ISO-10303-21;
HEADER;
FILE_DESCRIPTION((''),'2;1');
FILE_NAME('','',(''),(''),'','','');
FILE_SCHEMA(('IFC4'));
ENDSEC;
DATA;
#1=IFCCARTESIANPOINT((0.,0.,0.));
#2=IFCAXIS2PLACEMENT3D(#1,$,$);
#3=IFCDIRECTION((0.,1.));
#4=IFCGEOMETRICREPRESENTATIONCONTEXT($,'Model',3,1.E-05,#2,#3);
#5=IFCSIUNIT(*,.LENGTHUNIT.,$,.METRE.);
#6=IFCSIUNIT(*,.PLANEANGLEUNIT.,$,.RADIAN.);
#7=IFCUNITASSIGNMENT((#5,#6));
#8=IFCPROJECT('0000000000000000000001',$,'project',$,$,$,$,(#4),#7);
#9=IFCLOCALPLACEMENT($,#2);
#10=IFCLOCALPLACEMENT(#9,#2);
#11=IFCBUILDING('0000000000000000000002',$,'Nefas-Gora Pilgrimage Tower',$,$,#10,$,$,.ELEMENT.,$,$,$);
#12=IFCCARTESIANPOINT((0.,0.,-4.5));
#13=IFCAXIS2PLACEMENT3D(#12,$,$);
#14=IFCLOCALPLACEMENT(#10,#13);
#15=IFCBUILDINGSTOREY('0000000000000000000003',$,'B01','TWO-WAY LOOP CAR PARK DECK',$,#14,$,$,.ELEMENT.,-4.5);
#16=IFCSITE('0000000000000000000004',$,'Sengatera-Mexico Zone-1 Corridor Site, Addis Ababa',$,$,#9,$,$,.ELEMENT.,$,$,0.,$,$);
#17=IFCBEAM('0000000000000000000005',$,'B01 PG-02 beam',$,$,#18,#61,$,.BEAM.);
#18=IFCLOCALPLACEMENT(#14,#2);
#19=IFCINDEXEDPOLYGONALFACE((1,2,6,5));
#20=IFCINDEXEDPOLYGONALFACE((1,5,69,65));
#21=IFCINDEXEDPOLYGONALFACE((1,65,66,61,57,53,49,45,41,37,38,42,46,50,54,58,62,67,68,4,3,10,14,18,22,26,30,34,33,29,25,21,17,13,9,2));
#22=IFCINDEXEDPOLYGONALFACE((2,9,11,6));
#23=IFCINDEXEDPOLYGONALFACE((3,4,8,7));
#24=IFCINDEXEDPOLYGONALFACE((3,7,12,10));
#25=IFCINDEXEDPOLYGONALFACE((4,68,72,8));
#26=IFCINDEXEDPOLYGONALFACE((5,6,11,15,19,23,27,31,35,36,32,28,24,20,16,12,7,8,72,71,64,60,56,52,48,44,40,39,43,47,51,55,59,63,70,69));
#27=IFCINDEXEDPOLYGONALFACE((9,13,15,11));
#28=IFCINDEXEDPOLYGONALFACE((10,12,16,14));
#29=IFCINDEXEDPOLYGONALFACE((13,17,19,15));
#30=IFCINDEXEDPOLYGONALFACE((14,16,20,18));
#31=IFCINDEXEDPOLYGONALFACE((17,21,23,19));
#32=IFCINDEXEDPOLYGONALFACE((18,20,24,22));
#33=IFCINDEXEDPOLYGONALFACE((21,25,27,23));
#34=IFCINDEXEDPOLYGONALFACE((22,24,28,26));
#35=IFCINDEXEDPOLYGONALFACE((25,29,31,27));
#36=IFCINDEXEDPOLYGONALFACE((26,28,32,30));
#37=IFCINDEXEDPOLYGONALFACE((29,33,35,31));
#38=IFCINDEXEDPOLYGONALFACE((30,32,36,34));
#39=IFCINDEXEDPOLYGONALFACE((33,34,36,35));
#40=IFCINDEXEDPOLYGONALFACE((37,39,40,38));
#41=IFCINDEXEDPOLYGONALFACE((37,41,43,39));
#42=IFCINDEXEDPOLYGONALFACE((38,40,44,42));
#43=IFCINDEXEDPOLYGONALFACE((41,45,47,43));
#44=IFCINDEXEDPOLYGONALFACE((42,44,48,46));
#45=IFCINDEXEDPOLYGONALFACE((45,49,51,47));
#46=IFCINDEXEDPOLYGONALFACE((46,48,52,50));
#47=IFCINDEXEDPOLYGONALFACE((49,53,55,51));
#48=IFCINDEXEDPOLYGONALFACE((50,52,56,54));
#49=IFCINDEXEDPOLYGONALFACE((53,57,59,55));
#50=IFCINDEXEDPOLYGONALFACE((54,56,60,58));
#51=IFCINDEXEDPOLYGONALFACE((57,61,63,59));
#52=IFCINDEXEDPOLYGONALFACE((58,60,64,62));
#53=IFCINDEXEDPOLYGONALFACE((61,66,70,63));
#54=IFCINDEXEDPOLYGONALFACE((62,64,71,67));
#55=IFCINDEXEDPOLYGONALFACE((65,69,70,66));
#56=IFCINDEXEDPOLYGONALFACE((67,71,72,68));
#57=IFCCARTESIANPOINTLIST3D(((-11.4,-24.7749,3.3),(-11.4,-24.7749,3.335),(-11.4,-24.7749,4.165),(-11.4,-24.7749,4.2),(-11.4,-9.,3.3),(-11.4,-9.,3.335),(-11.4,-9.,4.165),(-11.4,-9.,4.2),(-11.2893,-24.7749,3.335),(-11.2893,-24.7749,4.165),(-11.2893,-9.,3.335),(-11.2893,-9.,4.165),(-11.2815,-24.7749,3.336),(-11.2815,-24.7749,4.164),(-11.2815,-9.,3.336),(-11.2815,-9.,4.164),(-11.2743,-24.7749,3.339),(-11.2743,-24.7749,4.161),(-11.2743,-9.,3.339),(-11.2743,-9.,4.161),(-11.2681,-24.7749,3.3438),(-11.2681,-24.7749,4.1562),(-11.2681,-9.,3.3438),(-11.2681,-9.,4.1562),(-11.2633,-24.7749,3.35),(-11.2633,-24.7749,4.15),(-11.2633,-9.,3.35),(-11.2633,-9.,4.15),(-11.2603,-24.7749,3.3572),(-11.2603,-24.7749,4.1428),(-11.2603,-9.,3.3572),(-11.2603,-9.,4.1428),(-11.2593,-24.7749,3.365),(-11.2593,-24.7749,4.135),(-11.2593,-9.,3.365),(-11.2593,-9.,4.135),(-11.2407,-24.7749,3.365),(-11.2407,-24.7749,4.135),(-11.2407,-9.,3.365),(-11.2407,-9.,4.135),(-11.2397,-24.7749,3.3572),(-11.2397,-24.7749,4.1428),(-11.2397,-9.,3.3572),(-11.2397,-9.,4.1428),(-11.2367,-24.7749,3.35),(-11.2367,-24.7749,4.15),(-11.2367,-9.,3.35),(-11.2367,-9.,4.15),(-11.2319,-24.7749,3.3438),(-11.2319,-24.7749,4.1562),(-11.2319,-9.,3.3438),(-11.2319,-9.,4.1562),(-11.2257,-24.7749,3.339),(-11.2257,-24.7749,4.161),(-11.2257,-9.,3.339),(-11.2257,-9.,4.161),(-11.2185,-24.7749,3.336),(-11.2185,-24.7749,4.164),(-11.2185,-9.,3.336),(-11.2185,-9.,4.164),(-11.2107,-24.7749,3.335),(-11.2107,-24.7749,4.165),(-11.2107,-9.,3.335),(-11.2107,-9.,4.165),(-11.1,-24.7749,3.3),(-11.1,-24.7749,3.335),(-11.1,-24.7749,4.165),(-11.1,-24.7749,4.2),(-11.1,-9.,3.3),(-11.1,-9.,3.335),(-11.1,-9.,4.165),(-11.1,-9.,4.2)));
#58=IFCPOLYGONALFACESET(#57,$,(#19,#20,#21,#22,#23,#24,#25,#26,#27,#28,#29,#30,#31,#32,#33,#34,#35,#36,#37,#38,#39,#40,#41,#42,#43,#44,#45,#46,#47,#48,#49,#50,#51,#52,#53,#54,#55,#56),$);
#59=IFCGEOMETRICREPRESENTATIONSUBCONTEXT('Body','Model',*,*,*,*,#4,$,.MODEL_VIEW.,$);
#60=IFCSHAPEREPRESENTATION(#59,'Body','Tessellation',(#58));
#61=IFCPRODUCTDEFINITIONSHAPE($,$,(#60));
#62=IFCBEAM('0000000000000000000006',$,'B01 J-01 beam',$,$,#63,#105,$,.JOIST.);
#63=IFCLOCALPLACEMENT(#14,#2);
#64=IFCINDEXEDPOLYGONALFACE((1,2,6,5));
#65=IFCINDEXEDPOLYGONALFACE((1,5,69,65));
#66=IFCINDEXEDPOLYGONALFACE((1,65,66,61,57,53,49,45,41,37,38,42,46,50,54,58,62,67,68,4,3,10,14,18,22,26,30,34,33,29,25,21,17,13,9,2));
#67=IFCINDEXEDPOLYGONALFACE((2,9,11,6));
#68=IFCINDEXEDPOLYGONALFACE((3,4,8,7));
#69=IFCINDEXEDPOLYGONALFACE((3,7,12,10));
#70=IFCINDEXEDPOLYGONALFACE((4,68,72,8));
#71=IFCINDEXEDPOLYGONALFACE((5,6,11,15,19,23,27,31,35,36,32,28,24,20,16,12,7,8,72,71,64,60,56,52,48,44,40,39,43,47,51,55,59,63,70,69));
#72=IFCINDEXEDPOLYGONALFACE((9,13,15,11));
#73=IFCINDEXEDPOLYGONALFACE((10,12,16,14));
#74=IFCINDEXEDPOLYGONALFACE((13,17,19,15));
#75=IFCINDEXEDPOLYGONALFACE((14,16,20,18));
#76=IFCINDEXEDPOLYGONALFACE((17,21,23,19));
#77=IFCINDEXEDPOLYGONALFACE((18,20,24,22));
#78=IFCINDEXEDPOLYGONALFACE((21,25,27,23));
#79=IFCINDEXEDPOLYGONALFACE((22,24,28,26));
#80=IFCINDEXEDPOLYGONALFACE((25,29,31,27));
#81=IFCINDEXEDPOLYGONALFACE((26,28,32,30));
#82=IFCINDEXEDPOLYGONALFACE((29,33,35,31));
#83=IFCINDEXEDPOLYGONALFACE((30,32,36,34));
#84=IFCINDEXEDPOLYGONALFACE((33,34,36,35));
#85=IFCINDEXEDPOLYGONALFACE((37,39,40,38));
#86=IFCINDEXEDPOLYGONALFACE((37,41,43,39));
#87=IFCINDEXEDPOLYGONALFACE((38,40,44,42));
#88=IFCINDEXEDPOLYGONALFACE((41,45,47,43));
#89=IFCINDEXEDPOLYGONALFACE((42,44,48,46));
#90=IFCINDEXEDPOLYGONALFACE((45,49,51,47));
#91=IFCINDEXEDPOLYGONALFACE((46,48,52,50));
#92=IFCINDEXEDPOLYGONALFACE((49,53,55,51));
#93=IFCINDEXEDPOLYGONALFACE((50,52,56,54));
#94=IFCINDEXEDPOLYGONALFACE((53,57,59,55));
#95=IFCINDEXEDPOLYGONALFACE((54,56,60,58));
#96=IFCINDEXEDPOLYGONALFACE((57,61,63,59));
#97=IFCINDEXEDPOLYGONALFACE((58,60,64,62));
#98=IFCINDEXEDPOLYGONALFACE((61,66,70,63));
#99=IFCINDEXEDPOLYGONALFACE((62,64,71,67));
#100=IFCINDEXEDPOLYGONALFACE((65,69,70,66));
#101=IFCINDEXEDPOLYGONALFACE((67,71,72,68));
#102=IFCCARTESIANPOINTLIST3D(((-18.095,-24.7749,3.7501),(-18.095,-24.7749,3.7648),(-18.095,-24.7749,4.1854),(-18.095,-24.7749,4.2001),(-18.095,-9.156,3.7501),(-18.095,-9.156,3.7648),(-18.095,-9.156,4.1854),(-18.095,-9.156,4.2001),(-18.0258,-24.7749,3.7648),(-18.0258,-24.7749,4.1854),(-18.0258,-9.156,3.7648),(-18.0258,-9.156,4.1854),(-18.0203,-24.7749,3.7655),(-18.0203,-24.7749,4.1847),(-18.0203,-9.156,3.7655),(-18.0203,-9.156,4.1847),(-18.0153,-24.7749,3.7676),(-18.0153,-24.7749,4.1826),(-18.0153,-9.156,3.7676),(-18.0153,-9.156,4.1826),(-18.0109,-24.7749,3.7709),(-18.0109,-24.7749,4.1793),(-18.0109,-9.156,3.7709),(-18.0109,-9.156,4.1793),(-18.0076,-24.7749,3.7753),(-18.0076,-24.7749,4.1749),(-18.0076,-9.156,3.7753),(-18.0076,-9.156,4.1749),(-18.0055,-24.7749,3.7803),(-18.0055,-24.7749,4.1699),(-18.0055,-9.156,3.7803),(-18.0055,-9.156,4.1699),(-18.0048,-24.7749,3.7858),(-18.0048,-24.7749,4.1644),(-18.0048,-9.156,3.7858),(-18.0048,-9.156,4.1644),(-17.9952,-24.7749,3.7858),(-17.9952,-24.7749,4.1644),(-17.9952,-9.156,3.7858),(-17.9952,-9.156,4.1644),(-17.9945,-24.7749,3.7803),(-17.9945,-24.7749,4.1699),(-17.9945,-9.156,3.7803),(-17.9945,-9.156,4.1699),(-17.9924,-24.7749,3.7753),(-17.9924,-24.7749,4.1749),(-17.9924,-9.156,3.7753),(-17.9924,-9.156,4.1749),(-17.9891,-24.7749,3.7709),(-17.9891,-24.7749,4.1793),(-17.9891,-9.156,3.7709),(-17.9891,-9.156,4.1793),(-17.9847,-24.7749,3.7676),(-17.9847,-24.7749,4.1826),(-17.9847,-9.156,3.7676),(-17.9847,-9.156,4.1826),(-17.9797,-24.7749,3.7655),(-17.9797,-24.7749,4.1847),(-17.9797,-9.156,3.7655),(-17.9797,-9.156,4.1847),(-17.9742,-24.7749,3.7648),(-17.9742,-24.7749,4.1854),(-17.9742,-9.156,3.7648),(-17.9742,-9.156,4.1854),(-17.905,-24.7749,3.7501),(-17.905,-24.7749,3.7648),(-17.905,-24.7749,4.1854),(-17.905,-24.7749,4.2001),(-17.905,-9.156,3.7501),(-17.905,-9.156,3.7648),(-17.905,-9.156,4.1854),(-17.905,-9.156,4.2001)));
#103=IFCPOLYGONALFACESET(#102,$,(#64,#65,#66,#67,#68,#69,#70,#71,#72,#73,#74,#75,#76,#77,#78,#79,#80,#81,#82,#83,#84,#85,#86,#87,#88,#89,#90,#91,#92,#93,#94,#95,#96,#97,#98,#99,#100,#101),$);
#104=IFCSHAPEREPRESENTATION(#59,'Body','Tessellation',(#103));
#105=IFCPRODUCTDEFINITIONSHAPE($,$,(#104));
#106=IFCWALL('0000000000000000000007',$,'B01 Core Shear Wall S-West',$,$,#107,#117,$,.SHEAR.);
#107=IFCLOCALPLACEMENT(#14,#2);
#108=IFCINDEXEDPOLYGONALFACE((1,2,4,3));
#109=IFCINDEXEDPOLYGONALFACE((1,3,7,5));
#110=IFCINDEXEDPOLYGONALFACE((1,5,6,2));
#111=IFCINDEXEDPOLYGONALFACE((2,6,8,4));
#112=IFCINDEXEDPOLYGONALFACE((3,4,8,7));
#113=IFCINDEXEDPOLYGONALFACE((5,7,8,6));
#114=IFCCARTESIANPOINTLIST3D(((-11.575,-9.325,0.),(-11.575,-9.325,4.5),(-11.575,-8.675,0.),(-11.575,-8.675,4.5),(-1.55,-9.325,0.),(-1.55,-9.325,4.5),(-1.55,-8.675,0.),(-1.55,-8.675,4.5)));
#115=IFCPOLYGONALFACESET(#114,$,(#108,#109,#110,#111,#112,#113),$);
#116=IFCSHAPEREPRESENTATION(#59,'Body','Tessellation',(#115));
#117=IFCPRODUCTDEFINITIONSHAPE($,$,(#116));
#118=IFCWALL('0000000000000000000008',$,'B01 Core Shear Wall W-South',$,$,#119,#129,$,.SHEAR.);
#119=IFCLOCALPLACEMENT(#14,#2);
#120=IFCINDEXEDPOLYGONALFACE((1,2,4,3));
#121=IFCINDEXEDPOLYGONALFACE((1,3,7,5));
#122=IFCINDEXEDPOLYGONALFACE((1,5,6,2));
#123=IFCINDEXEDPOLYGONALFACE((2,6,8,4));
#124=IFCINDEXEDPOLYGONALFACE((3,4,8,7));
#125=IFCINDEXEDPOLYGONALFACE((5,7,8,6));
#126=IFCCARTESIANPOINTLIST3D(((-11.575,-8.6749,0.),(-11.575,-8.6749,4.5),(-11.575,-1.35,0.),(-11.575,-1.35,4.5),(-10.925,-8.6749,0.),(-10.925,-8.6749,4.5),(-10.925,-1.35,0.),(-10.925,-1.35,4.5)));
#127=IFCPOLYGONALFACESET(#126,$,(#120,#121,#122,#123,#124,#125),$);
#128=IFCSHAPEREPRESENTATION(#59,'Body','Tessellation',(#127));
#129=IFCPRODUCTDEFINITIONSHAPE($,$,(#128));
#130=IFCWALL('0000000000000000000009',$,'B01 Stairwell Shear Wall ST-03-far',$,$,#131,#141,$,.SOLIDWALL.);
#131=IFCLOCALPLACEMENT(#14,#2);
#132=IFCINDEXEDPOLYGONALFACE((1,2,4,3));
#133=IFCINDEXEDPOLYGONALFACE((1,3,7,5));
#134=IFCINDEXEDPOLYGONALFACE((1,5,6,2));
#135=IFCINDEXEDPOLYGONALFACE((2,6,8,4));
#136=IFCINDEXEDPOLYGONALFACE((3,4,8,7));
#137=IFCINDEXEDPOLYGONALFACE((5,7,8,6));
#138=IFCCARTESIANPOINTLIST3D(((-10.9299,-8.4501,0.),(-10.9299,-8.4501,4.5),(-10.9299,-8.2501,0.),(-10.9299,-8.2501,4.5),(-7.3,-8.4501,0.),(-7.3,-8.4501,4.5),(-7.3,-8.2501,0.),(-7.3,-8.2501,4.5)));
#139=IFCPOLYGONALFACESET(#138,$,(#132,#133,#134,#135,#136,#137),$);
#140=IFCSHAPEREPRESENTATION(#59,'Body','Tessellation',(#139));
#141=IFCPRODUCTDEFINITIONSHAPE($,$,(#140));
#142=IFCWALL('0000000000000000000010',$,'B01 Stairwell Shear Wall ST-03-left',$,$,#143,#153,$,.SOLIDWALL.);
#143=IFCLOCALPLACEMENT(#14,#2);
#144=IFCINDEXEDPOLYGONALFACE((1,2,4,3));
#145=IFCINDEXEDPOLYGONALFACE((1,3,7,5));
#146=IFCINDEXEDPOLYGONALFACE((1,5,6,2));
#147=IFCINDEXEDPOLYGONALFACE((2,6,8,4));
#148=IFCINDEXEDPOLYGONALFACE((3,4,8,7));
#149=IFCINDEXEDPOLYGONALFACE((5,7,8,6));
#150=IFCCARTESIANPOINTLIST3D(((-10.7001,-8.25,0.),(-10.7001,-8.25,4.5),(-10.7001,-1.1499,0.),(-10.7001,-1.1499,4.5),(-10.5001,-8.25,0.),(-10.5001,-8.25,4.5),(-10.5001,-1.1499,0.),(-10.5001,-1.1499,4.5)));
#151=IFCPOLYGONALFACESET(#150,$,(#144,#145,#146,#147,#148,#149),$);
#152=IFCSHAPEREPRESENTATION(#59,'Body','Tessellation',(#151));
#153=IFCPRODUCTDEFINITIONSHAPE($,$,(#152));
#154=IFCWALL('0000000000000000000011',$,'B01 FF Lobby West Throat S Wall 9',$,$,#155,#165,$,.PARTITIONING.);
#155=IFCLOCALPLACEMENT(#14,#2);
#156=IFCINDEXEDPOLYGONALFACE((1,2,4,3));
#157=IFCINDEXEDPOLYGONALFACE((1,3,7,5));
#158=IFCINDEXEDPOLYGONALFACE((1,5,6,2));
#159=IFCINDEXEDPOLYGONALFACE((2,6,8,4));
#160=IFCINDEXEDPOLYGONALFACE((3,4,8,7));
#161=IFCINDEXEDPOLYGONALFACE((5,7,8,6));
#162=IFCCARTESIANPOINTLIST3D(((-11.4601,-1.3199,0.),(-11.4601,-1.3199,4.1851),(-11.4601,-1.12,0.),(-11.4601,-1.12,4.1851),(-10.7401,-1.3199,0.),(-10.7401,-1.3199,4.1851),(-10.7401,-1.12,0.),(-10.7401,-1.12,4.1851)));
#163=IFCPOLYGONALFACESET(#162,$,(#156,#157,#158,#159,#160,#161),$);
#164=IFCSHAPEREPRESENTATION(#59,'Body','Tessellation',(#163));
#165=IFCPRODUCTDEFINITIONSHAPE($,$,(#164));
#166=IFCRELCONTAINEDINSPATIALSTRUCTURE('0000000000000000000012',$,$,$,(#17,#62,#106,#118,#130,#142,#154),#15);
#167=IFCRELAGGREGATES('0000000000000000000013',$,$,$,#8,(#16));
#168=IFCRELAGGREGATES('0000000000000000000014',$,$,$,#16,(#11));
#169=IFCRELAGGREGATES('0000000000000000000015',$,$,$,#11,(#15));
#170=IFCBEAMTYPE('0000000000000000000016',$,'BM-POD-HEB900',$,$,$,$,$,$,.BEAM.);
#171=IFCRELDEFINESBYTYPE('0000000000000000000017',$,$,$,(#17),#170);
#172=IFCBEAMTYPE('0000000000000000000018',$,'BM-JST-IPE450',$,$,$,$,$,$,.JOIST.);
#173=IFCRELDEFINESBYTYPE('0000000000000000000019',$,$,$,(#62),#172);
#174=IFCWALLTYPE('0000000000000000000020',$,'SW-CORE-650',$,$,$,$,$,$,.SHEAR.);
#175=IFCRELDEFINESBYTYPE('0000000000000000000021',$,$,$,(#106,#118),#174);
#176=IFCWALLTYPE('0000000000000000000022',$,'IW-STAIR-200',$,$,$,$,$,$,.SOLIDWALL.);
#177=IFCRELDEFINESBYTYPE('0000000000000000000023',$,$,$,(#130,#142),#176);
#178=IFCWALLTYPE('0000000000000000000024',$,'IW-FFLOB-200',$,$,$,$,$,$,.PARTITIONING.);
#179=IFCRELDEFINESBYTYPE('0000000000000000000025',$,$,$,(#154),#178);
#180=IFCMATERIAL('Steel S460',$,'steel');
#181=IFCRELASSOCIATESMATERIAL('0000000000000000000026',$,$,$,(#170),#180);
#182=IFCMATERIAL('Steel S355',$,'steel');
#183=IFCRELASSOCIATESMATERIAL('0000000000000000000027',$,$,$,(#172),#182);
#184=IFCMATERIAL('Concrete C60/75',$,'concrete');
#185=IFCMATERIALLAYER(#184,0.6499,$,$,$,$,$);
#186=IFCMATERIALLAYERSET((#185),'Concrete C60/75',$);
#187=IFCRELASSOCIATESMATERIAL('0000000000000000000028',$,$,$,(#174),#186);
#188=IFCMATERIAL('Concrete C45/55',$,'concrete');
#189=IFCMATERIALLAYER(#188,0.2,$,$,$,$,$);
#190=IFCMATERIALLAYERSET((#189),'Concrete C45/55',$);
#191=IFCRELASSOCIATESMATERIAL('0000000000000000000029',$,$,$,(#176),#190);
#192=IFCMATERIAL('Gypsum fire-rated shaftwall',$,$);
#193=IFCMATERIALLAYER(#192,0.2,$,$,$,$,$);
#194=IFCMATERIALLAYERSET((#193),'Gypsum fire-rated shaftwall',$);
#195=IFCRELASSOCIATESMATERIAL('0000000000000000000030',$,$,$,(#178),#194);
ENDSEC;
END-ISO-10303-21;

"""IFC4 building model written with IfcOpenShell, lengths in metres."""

from ifc_helpers import new_model, si_unit, direction, frame, frame_2d, origin, origin_2d, place, context, subcontext, project, spatial, rectangle, i_section, extrude, source, transform, mapped, material, layer, layer_set, material_profile, profile_set, type_object, element, save


model = new_model("IFC4")

# Units and contexts
model_context = context("Model", 3, precision=1e-05, world=origin(), true_north=direction((0.0, 1.0)))
body_context = subcontext(model_context, "Body", "Model", "MODEL_VIEW")
ifc_project = project(units=[si_unit("LENGTHUNIT", "METRE"), si_unit("PLANEANGLEUNIT", "RADIAN")], contexts=[model_context])

# Site, building, storey
site_placement = place(None, origin())
site = spatial("IfcSite", under=ifc_project, at=site_placement, Name="Sengatera-Mexico Zone-1 Corridor Site, Addis Ababa", CompositionType="ELEMENT", RefElevation=0.0)
building_placement = place(site_placement, origin())
building = spatial("IfcBuilding", under=site, at=building_placement, Name="Nefas-Gora Pilgrimage Tower", CompositionType="ELEMENT")
storey_placement = place(building_placement, frame((0.0, 0.0, -4.5)))
storey = spatial("IfcBuildingStorey", under=building, at=storey_placement, Name="B01", Description="TWO-WAY LOOP CAR PARK DECK", CompositionType="ELEMENT", Elevation=-4.5)

# Shared definitions
ifc_material_1 = material(Name="Steel S460", Category="steel")
ifc_material_2 = material(Name="Concrete C60/75", Category="concrete")

# Beams
ifc_material_profile_1 = material_profile(ifc_material_1, i_section(OverallWidth=0.3, OverallDepth=0.8999, WebThickness=0.0186, FlangeThickness=0.0349, FilletRadius=0.03, at=origin_2d()), Name="HEB 900")
ifc_profile_set_1 = profile_set([ifc_material_profile_1], Name="Steel S460")
beam_type_1 = type_object("IfcBeamType", Name="BM-POD-HEB900", PredefinedType="BEAM", material=ifc_profile_set_1)
ifc_material_3 = material(Name="Steel S355", Category="steel")
ifc_material_profile_2 = material_profile(ifc_material_3, i_section(OverallWidth=0.1899, OverallDepth=0.45, WebThickness=0.0095, FlangeThickness=0.0146, FilletRadius=0.021, at=origin_2d()), Name="IPE 450")
ifc_profile_set_2 = profile_set([ifc_material_profile_2], Name="Steel S355")
beam_type_2 = type_object("IfcBeamType", Name="BM-JST-IPE450", PredefinedType="JOIST", material=ifc_profile_set_2)
shared_shape_1 = source(origin(), body_context, "Body", "SweptSolid", [
    extrude(i_section(OverallWidth=0.3, OverallDepth=0.8999, WebThickness=0.0186, FlangeThickness=0.0349, FilletRadius=0.03, at=origin_2d()), origin(), (0.0, 0.0, 1.0), 15.7749),
])
beam_1_placement = place(storey_placement, frame((-11.25, -24.7749, 3.75), z_axis=(0.0, 1.0, 0.0), x_axis=(-1.0, 0.0, 0.0)))
element("IfcBeam", 1, at=beam_1_placement, inside=storey, type_object=beam_type_1, Name="B01 PG-02 beam", PredefinedType="BEAM", context=body_context, shape_type="MappedRepresentation", body=[
    mapped(shared_shape_1, transform((0.0, 0.0, 0.0), x_axis=(1.0, 0.0, 0.0), y_axis=(0.0, 1.0, 0.0), z_axis=(0.0, 0.0, 1.0), scale=1.0)),
])
shared_shape_2 = source(origin(), body_context, "Body", "SweptSolid", [
    extrude(i_section(OverallWidth=0.1899, OverallDepth=0.45, WebThickness=0.0095, FlangeThickness=0.0146, FilletRadius=0.021, at=origin_2d()), origin(), (0.0, 0.0, 1.0), 15.6189),
])
beam_2_placement = place(storey_placement, frame((-18.0, -24.7749, 3.9751), z_axis=(0.0, 1.0, 0.0), x_axis=(-1.0, 0.0, 0.0)))
element("IfcBeam", 2, at=beam_2_placement, inside=storey, type_object=beam_type_2, Name="B01 J-01 beam", PredefinedType="JOIST", context=body_context, shape_type="MappedRepresentation", body=[
    mapped(shared_shape_2, transform((0.0, 0.0, 0.0), x_axis=(1.0, 0.0, 0.0), y_axis=(0.0, 1.0, 0.0), z_axis=(0.0, 0.0, 1.0), scale=1.0)),
])

# Walls
ifc_layer_1 = layer(ifc_material_2, 0.6499)
ifc_layer_set_1 = layer_set([ifc_layer_1], Name="Concrete C60/75")
wall_type_1 = type_object("IfcWallType", Name="SW-CORE-650", PredefinedType="SHEAR", material=ifc_layer_set_1)
shared_shape_3 = source(origin(), body_context, "Body", "SweptSolid", [
    extrude(rectangle(XDim=10.0249, YDim=0.6499, at=frame_2d((5.0125, 0.0))), origin(), (0.0, 0.0, 1.0), 4.5),
])
wall_1_placement = place(storey_placement, frame((-11.575, -9.0, 0.0), z_axis=(0.0, 0.0, 1.0), x_axis=(1.0, 0.0, 0.0)))
element("IfcWall", 3, at=wall_1_placement, inside=storey, type_object=wall_type_1, Name="B01 Core Shear Wall S-West", PredefinedType="SHEAR", context=body_context, shape_type="MappedRepresentation", body=[
    mapped(shared_shape_3, transform((0.0, 0.0, 0.0), x_axis=(1.0, 0.0, 0.0), y_axis=(0.0, 1.0, 0.0), z_axis=(0.0, 0.0, 1.0), scale=1.0)),
])
shared_shape_4 = source(origin(), body_context, "Body", "SweptSolid", [
    extrude(rectangle(XDim=7.325, YDim=0.6499, at=frame_2d((3.6626, 0.0))), origin(), (0.0, 0.0, 1.0), 4.5),
])
wall_2_placement = place(storey_placement, frame((-11.25, -8.675, 0.0), z_axis=(0.0, 0.0, 1.0), x_axis=(0.0, 1.0, 0.0)))
element("IfcWall", 4, at=wall_2_placement, inside=storey, type_object=wall_type_1, Name="B01 Core Shear Wall W-South", PredefinedType="SHEAR", context=body_context, shape_type="MappedRepresentation", body=[
    mapped(shared_shape_4, transform((0.0, 0.0, 0.0), x_axis=(1.0, 0.0, 0.0), y_axis=(0.0, 1.0, 0.0), z_axis=(0.0, 0.0, 1.0), scale=1.0)),
])
ifc_material_4 = material(Name="Concrete C45/55", Category="concrete")
ifc_layer_2 = layer(ifc_material_4, 0.2)
ifc_layer_set_2 = layer_set([ifc_layer_2], Name="Concrete C45/55")
wall_type_2 = type_object("IfcWallType", Name="IW-STAIR-200", PredefinedType="SOLIDWALL", material=ifc_layer_set_2)
shared_shape_5 = source(origin(), body_context, "Body", "SweptSolid", [
    extrude(rectangle(XDim=3.6299, YDim=0.2, at=frame_2d((1.8149, 0.0))), origin(), (0.0, 0.0, 1.0), 4.5),
])
wall_3_placement = place(storey_placement, frame((-10.9299, -8.3501, 0.0), z_axis=(0.0, 0.0, 1.0), x_axis=(1.0, 0.0, 0.0)))
element("IfcWall", 5, at=wall_3_placement, inside=storey, type_object=wall_type_2, Name="B01 Stairwell Shear Wall ST-03-far", PredefinedType="SOLIDWALL", context=body_context, shape_type="MappedRepresentation", body=[
    mapped(shared_shape_5, transform((0.0, 0.0, 0.0), x_axis=(1.0, 0.0, 0.0), y_axis=(0.0, 1.0, 0.0), z_axis=(0.0, 0.0, 1.0), scale=1.0)),
])
shared_shape_6 = source(origin(), body_context, "Body", "SweptSolid", [
    extrude(rectangle(XDim=7.1001, YDim=0.2, at=frame_2d((3.55, 0.0))), origin(), (0.0, 0.0, 1.0), 4.5),
])
wall_4_placement = place(storey_placement, frame((-10.6001, -1.1499, 0.0), z_axis=(0.0, 0.0, 1.0), x_axis=(0.0, -1.0, 0.0)))
element("IfcWall", 6, at=wall_4_placement, inside=storey, type_object=wall_type_2, Name="B01 Stairwell Shear Wall ST-03-left", PredefinedType="SOLIDWALL", context=body_context, shape_type="MappedRepresentation", body=[
    mapped(shared_shape_6, transform((0.0, 0.0, 0.0), x_axis=(1.0, 0.0, 0.0), y_axis=(0.0, 1.0, 0.0), z_axis=(0.0, 0.0, 1.0), scale=1.0)),
])

# Shared definitions
ifc_material_5 = material(Name="Gypsum fire-rated shaftwall")
ifc_layer_3 = layer(ifc_material_5, 0.2)
ifc_layer_set_3 = layer_set([ifc_layer_3], Name="Gypsum fire-rated shaftwall")
wall_type_3 = type_object("IfcWallType", Name="IW-FFLOB-200", PredefinedType="PARTITIONING", material=ifc_layer_set_3)

# Wall
shared_shape_7 = source(origin(), body_context, "Body", "SweptSolid", [
    extrude(rectangle(XDim=0.72, YDim=0.2, at=frame_2d((0.3599, 0.0))), origin(), (0.0, 0.0, 1.0), 4.1851),
])
wall_5_placement = place(storey_placement, frame((-11.46, -1.22, 0.0), z_axis=(0.0, 0.0, 1.0), x_axis=(1.0, 0.0, 0.0)))
element("IfcWall", 7, at=wall_5_placement, inside=storey, type_object=wall_type_3, Name="B01 FF Lobby West Throat S Wall 9", PredefinedType="PARTITIONING", context=body_context, shape_type="MappedRepresentation", body=[
    mapped(shared_shape_7, transform((0.0, 0.0, 0.0), x_axis=(1.0, 0.0, 0.0), y_axis=(0.0, 1.0, 0.0), z_axis=(0.0, 0.0, 1.0), scale=1.0)),
])

save(model, "model.ifc")
